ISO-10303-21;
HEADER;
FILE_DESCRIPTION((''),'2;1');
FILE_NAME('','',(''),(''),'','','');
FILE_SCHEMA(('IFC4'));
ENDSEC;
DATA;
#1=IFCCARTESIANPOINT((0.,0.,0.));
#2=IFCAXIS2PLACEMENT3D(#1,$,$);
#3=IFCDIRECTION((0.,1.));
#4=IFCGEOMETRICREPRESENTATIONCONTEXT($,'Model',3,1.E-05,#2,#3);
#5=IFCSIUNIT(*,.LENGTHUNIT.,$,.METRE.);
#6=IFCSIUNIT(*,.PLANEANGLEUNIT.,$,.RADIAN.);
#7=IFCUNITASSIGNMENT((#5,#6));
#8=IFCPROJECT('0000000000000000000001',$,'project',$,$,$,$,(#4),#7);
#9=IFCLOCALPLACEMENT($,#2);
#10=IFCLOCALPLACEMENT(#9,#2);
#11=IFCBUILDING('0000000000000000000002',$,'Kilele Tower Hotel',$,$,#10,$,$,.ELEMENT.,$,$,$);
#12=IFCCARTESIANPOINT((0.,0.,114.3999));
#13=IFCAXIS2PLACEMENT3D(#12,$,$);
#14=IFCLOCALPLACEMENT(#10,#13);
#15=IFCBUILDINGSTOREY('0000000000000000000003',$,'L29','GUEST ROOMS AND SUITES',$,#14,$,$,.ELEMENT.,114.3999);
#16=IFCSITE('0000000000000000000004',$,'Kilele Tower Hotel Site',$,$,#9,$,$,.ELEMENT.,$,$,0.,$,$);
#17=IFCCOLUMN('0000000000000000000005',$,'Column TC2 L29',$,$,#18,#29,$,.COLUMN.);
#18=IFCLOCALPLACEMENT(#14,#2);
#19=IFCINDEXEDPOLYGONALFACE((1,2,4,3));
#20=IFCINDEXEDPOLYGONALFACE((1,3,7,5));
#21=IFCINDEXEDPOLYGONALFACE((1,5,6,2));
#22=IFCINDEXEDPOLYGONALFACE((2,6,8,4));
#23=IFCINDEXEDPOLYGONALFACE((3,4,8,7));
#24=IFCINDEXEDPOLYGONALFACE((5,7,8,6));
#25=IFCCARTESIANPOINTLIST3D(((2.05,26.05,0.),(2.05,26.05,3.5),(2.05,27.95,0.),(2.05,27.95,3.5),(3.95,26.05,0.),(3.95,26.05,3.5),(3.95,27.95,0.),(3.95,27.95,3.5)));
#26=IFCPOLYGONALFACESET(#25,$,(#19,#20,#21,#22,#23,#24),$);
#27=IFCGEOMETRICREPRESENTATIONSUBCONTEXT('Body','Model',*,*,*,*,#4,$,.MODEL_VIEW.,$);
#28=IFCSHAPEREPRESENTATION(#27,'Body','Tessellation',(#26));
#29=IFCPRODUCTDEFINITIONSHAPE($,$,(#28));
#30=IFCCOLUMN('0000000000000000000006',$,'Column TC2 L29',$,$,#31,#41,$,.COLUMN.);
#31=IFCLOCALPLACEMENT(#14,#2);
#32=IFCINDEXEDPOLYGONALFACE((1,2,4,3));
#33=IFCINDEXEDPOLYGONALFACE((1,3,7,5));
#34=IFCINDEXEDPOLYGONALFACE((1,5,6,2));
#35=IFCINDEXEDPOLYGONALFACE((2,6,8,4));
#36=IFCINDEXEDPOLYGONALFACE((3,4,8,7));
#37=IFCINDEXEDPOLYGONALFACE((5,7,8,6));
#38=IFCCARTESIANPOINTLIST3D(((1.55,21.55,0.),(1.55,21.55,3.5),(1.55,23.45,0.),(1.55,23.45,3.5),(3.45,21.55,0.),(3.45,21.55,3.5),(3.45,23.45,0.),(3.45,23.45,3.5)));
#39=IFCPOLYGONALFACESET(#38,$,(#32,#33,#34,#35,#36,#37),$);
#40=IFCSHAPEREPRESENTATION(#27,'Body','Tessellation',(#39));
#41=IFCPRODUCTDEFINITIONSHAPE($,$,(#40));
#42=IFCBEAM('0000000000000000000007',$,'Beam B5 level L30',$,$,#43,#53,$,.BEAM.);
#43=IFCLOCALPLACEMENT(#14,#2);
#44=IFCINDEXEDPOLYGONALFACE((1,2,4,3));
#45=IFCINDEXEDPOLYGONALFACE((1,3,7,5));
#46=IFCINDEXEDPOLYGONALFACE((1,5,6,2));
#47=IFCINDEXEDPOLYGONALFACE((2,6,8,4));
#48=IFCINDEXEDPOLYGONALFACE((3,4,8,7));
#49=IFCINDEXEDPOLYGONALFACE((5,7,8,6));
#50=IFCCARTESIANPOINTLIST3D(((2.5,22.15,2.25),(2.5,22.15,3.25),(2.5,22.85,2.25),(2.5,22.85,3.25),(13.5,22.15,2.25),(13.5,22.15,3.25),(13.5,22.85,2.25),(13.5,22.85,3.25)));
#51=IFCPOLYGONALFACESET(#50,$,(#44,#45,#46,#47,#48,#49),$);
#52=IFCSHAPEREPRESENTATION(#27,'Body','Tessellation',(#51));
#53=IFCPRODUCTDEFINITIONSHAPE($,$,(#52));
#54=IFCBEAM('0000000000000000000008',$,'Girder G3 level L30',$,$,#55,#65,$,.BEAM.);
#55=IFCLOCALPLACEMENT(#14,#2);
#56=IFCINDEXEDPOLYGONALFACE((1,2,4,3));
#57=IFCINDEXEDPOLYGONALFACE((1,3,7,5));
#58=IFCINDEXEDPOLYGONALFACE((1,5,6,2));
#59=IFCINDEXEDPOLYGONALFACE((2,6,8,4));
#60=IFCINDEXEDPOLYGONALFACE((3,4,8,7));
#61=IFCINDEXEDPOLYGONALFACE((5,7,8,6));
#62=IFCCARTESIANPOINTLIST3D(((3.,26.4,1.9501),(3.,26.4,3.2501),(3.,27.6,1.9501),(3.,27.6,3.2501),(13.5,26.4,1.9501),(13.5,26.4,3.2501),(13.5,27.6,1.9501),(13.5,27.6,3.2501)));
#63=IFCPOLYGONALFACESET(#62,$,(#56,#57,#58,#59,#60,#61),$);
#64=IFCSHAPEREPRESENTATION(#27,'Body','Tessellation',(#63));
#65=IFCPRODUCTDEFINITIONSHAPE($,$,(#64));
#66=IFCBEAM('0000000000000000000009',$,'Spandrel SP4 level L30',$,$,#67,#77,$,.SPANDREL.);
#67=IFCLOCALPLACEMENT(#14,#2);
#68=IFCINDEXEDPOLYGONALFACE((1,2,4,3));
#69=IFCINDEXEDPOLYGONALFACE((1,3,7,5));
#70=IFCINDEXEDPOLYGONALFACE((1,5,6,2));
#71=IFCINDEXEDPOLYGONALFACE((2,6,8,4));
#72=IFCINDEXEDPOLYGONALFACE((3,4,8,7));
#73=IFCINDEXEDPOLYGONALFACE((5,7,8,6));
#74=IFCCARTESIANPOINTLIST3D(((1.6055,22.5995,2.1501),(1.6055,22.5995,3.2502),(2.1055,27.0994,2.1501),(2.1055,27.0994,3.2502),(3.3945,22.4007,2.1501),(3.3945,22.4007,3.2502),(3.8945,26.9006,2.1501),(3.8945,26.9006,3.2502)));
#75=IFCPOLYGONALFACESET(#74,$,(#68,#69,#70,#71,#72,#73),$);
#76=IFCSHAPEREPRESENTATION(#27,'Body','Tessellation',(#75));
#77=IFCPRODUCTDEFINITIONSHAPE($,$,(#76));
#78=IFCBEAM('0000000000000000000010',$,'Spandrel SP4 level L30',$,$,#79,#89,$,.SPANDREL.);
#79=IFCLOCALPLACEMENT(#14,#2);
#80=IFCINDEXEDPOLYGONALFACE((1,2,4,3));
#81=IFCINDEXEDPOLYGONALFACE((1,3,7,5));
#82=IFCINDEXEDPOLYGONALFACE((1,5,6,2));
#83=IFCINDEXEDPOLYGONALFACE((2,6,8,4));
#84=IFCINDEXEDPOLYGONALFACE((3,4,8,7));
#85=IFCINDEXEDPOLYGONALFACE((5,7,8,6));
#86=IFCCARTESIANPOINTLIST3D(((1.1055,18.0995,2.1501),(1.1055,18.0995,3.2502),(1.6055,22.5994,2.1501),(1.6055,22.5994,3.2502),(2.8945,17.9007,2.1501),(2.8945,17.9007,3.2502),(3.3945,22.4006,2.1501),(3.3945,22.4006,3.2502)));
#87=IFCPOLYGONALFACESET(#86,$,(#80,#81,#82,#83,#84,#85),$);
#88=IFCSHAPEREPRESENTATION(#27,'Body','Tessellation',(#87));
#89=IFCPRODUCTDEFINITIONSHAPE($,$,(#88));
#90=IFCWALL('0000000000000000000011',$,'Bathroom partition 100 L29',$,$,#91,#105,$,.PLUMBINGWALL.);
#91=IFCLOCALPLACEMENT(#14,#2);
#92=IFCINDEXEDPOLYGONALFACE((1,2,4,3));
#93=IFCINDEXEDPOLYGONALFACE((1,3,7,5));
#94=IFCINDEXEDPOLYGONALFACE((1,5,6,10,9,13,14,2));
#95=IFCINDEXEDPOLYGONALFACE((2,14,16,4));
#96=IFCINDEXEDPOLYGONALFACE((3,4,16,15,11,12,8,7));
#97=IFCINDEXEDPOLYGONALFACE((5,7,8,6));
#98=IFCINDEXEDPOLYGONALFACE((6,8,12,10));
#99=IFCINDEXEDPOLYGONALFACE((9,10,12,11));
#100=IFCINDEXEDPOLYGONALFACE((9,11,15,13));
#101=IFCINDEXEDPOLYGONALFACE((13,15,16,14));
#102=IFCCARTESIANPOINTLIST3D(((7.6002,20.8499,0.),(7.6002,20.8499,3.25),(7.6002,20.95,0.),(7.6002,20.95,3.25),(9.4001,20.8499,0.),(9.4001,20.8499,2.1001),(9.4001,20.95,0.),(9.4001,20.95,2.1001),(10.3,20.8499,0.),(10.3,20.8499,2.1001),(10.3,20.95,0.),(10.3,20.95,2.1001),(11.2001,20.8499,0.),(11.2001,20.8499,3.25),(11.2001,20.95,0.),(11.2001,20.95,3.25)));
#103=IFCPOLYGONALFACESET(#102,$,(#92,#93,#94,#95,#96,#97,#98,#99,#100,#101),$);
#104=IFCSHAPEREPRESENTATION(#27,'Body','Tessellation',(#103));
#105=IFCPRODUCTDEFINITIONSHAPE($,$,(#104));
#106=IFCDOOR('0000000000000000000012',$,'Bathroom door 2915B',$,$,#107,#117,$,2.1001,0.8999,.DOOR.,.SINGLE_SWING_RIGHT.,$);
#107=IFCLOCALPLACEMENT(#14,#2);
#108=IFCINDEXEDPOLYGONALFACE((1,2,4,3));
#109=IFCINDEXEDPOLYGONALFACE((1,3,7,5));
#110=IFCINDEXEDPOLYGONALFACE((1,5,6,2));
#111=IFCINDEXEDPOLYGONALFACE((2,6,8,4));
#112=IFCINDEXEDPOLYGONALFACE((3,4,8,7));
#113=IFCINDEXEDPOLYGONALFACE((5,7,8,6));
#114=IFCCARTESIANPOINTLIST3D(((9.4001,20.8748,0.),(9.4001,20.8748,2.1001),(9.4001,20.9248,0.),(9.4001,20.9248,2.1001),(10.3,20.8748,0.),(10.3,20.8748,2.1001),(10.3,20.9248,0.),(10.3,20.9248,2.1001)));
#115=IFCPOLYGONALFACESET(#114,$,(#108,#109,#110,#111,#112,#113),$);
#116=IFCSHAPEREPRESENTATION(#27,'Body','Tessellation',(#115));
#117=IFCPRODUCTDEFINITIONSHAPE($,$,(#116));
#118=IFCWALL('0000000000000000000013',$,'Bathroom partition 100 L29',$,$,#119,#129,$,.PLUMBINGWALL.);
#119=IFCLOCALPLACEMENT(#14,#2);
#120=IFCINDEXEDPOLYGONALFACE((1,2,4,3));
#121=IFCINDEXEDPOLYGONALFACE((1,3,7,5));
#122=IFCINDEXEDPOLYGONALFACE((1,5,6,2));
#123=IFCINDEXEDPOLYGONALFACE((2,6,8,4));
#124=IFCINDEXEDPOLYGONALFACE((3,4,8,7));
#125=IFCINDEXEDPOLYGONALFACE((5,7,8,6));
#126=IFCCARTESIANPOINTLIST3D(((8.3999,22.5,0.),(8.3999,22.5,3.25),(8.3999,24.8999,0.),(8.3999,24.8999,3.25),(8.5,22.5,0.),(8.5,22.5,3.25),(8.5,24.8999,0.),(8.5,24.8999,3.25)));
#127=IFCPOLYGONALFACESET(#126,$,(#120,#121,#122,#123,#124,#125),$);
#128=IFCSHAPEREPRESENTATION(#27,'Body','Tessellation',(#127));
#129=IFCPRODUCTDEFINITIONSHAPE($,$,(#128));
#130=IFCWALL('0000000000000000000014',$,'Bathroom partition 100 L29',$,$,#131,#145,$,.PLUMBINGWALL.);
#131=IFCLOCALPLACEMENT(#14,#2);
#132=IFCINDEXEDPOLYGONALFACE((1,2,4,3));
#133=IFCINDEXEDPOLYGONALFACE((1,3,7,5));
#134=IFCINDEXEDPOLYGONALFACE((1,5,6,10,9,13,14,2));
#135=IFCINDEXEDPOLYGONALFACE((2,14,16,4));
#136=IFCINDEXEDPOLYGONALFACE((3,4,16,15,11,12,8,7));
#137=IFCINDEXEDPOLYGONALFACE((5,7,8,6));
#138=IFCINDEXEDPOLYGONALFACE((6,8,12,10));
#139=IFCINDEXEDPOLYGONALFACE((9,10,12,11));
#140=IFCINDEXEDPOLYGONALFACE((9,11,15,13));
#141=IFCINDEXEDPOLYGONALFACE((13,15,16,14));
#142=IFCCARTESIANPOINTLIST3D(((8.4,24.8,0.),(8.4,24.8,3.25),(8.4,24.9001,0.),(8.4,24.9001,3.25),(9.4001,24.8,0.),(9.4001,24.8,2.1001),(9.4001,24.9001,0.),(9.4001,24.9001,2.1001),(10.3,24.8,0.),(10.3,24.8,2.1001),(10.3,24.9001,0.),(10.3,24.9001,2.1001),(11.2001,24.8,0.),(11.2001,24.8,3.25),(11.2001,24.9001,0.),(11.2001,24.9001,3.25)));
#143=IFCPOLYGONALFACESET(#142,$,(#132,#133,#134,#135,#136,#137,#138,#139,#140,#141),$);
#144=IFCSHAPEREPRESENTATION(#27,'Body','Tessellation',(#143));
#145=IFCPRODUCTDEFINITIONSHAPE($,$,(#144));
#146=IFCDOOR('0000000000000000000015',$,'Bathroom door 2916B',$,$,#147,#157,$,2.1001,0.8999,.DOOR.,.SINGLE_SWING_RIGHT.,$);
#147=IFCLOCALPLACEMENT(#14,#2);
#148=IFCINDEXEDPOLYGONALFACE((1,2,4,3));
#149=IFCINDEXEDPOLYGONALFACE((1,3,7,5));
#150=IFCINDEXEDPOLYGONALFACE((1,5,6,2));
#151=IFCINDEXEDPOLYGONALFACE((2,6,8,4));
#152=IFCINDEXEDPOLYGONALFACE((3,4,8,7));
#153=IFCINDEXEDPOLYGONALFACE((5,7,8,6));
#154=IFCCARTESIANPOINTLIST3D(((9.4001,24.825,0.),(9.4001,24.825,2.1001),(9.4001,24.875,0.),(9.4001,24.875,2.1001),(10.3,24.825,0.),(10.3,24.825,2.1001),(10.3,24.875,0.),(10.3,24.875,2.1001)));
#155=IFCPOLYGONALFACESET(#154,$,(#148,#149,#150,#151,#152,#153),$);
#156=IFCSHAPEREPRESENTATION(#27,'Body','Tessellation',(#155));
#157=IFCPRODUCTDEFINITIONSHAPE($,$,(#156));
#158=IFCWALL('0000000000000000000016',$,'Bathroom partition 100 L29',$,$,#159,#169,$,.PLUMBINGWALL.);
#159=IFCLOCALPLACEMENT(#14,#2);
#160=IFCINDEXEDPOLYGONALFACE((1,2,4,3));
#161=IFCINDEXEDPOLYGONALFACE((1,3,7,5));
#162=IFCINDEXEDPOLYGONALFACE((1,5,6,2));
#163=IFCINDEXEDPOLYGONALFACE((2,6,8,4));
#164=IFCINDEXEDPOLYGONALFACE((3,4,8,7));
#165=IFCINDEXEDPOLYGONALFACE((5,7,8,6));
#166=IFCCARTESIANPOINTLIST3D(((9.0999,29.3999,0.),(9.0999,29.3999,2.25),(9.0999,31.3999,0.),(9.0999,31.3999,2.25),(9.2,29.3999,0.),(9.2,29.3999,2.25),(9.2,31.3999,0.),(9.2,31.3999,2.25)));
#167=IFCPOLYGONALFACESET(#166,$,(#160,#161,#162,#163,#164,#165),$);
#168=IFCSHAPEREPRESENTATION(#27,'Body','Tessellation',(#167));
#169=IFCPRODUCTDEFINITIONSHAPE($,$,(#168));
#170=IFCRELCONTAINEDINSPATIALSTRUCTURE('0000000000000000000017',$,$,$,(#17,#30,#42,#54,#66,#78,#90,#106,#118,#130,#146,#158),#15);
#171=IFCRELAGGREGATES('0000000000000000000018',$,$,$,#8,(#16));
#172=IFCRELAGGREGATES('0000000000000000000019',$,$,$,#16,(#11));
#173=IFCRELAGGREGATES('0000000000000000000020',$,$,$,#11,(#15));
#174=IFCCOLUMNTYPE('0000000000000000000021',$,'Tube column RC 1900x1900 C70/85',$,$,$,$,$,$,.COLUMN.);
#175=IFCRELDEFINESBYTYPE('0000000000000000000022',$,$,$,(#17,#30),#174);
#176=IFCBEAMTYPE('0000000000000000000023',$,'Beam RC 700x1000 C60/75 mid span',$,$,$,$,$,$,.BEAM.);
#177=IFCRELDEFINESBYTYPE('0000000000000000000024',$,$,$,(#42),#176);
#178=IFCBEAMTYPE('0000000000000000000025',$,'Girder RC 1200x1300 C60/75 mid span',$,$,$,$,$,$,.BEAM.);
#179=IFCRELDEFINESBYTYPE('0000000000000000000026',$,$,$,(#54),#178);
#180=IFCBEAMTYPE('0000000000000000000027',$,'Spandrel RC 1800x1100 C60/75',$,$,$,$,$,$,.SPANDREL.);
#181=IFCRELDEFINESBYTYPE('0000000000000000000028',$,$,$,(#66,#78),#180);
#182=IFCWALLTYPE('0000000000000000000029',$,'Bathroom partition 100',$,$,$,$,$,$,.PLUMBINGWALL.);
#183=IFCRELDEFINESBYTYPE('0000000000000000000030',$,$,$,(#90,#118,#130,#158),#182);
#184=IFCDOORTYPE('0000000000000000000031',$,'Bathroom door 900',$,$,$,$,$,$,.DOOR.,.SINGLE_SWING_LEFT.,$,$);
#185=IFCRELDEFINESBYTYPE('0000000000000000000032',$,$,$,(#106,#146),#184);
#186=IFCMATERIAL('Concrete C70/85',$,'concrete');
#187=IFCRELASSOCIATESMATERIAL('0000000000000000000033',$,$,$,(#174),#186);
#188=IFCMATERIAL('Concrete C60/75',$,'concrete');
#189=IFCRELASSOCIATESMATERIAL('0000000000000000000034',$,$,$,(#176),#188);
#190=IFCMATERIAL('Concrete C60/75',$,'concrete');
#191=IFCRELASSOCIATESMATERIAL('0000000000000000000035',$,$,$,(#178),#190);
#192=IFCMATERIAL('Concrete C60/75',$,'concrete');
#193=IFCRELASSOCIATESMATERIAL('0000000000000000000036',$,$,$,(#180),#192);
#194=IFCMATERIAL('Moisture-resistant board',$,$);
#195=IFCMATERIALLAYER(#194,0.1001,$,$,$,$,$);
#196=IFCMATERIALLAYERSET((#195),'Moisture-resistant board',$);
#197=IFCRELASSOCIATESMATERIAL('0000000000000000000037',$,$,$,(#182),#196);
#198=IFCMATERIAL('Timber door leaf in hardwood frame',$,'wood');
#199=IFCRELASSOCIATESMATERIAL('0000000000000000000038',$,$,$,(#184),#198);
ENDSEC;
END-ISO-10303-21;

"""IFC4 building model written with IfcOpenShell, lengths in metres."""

from ifc_helpers import new_model, si_unit, direction, frame, frame_2d, origin, origin_2d, place, context, subcontext, project, spatial, rectangle, extrude, material, layer, layer_set, material_profile, profile_set, type_object, element, fill, save


model = new_model("IFC4")

# Units and contexts
model_context = context("Model", 3, precision=1e-05, world=origin(), true_north=direction((0.0, 1.0)))
body_context = subcontext(model_context, "Body", "Model", "MODEL_VIEW")
ifc_project = project(units=[si_unit("LENGTHUNIT", "METRE"), si_unit("PLANEANGLEUNIT", "RADIAN")], contexts=[model_context])

# Site, building, storey
site_placement = place(None, origin())
site = spatial("IfcSite", under=ifc_project, at=site_placement, Name="Kilele Tower Hotel Site", CompositionType="ELEMENT", RefElevation=0.0)
building_placement = place(site_placement, origin())
building = spatial("IfcBuilding", under=site, at=building_placement, Name="Kilele Tower Hotel", CompositionType="ELEMENT")
storey_placement = place(building_placement, frame((0.0, 0.0, 114.3999)))
storey = spatial("IfcBuildingStorey", under=building, at=storey_placement, Name="L29", Description="GUEST ROOMS AND SUITES", CompositionType="ELEMENT", Elevation=114.3999)

# Columns
ifc_material_1 = material(Name="Concrete C70/85", Category="concrete")
ifc_material_profile_1 = material_profile(ifc_material_1, rectangle(XDim=1.8999, YDim=1.8999, at=origin_2d()))
ifc_profile_set_1 = profile_set([ifc_material_profile_1], Name="Concrete C70/85")
column_type = type_object("IfcColumnType", Name="Tube column RC 1900x1900 C70/85", PredefinedType="COLUMN", material=ifc_profile_set_1)
for number, where, z_axis, x_axis, name in (
    (1, (3.0, 27.0, 0.0), (0.0, 0.0, 1.0), (1.0, 0.0, 0.0), "Column TC2 L29"),
    (2, (2.5, 22.5, 0.0), (0.0, 0.0, 1.0), (1.0, 0.0, 0.0), "Column TC2 L29"),
):
    element("IfcColumn", number, at=place(storey_placement, frame(where, z_axis=z_axis, x_axis=x_axis)), inside=storey, type_object=column_type, Name=name, PredefinedType="COLUMN", context=body_context, shape_type="SweptSolid", body=[
        extrude(rectangle(XDim=1.8999, YDim=1.8999, at=origin_2d()), origin(), (0.0, 0.0, 1.0), 3.5),
    ])

# Beams
ifc_material_2 = material(Name="Concrete C60/75", Category="concrete")
ifc_material_profile_2 = material_profile(ifc_material_2, rectangle(XDim=0.7, YDim=1.0, at=origin_2d()))
ifc_profile_set_2 = profile_set([ifc_material_profile_2], Name="Concrete C60/75")
beam_type_1 = type_object("IfcBeamType", Name="Beam RC 700x1000 C60/75 mid span", PredefinedType="BEAM", material=ifc_profile_set_2)
beam_1_placement = place(storey_placement, frame((2.5, 22.5, 2.75), z_axis=(1.0, 0.0, 0.0), x_axis=(0.0, 1.0, 0.0)))
element("IfcBeam", 3, at=beam_1_placement, inside=storey, type_object=beam_type_1, Name="Beam B5 level L30", PredefinedType="BEAM", context=body_context, shape_type="SweptSolid", body=[
    extrude(rectangle(XDim=0.7, YDim=1.0, at=origin_2d()), origin(), (0.0, 0.0, 1.0), 11.0),
])
ifc_material_3 = material(Name="Concrete C60/75", Category="concrete")
ifc_material_profile_3 = material_profile(ifc_material_3, rectangle(XDim=1.2, YDim=1.3, at=origin_2d()))
ifc_profile_set_3 = profile_set([ifc_material_profile_3], Name="Concrete C60/75")
beam_type_2 = type_object("IfcBeamType", Name="Girder RC 1200x1300 C60/75 mid span", PredefinedType="BEAM", material=ifc_profile_set_3)
beam_2_placement = place(storey_placement, frame((3.0, 27.0, 2.6001), z_axis=(1.0, 0.0, 0.0), x_axis=(0.0, 1.0, 0.0)))
element("IfcBeam", 4, at=beam_2_placement, inside=storey, type_object=beam_type_2, Name="Girder G3 level L30", PredefinedType="BEAM", context=body_context, shape_type="SweptSolid", body=[
    extrude(rectangle(XDim=1.2, YDim=1.3, at=origin_2d()), origin(), (0.0, 0.0, 1.0), 10.5),
])
ifc_material_4 = material(Name="Concrete C60/75", Category="concrete")
ifc_material_profile_4 = material_profile(ifc_material_4, rectangle(XDim=1.8, YDim=1.1001, at=origin_2d()))
ifc_profile_set_4 = profile_set([ifc_material_profile_4], Name="Concrete C60/75")
beam_type_3 = type_object("IfcBeamType", Name="Spandrel RC 1800x1100 C60/75", PredefinedType="SPANDREL", material=ifc_profile_set_4)
for number, where, z_axis, x_axis, name in (
    (5, (3.0, 27.0, 2.7002), (-0.110432, -0.993884, 0.0), (0.993884, -0.110432, 0.0), "Spandrel SP4 level L30"),
    (6, (2.5, 22.5, 2.7002), (-0.110432, -0.993884, 0.0), (0.993884, -0.110432, 0.0), "Spandrel SP4 level L30"),
):
    element("IfcBeam", number, at=place(storey_placement, frame(where, z_axis=z_axis, x_axis=x_axis)), inside=storey, type_object=beam_type_3, Name=name, PredefinedType="SPANDREL", context=body_context, shape_type="SweptSolid", body=[
        extrude(rectangle(XDim=1.8, YDim=1.1001, at=origin_2d()), origin(), (0.0, 0.0, 1.0), 4.5276),
    ])

# Wall, opening, door
ifc_material_5 = material(Name="Moisture-resistant board")
ifc_layer_1 = layer(ifc_material_5, 0.1001)
ifc_layer_set_1 = layer_set([ifc_layer_1], Name="Moisture-resistant board")
wall_type_1 = type_object("IfcWallType", Name="Bathroom partition 100", PredefinedType="PLUMBINGWALL", material=ifc_layer_set_1)
wall_1_placement = place(storey_placement, frame((11.2, 20.8999, 0.0), z_axis=(0.0, 0.0, 1.0), x_axis=(-1.0, 0.0, 0.0)))
wall_1 = element("IfcWall", 7, at=wall_1_placement, inside=storey, type_object=wall_type_1, Name="Bathroom partition 100 L29", PredefinedType="PLUMBINGWALL", context=body_context, shape_type="SweptSolid", body=[
    extrude(rectangle(XDim=3.5999, YDim=0.1001, at=frame_2d((1.7998, 0.0))), origin(), (0.0, 0.0, 1.0), 3.25),
])
opening_1_placement = place(wall_1_placement, frame((1.7998, 0.0, 0.0), z_axis=(0.0, 0.0, 1.0), x_axis=(-1.0, 0.0, 0.0)))
opening_1 = element("IfcOpeningElement", 8, at=opening_1_placement, cuts=wall_1, PredefinedType="OPENING", context=body_context, shape_type="SweptSolid", body=[
    extrude(rectangle(XDim=0.8999, YDim=2.1001, at=frame_2d((0.45, 1.05))), frame((0.0, 0.0601, 0.0), z_axis=(0.0, -1.0, 0.0), x_axis=(1.0, 0.0, 0.0)), (0.0, 0.0, 1.0), 0.1201),
])
ifc_material_6 = material(Name="Timber door leaf in hardwood frame", Category="wood")
door_type_1 = type_object("IfcDoorType", Name="Bathroom door 900", OperationType="SINGLE_SWING_LEFT", PredefinedType="DOOR", material=ifc_material_6)
door_1_placement = place(opening_1_placement, origin())
door_1 = element("IfcDoor", 9, at=door_1_placement, inside=storey, type_object=door_type_1, Name="Bathroom door 2915B", OperationType="SINGLE_SWING_RIGHT", OverallHeight=2.1001, OverallWidth=0.8999, PredefinedType="DOOR", context=body_context, shape_type="SweptSolid", body=[
    extrude(rectangle(XDim=0.8999, YDim=2.1001, at=frame_2d((0.45, 1.05))), frame((0.0, 0.0249, 0.0), z_axis=(0.0, -1.0, 0.0), x_axis=(1.0, 0.0, 0.0)), (0.0, 0.0, 1.0), 0.05),
])
fill(opening_1, door_1)

# Wall
wall_2_placement = place(storey_placement, frame((8.45, 22.5, 0.0), z_axis=(0.0, 0.0, 1.0), x_axis=(0.0, 1.0, 0.0)))
element("IfcWall", 10, at=wall_2_placement, inside=storey, type_object=wall_type_1, Name="Bathroom partition 100 L29", PredefinedType="PLUMBINGWALL", context=body_context, shape_type="SweptSolid", body=[
    extrude(rectangle(XDim=2.3999, YDim=0.1001, at=frame_2d((1.2, 0.0))), origin(), (0.0, 0.0, 1.0), 3.25),
])

# Wall, opening, door
wall_3_placement = place(storey_placement, frame((11.2, 24.8501, 0.0), z_axis=(0.0, 0.0, 1.0), x_axis=(-1.0, 0.0, 0.0)))
wall_3 = element("IfcWall", 11, at=wall_3_placement, inside=storey, type_object=wall_type_1, Name="Bathroom partition 100 L29", PredefinedType="PLUMBINGWALL", context=body_context, shape_type="SweptSolid", body=[
    extrude(rectangle(XDim=2.8, YDim=0.1001, at=frame_2d((1.3999, 0.0))), origin(), (0.0, 0.0, 1.0), 3.25),
])
opening_2_placement = place(wall_3_placement, frame((1.7998, 0.0, 0.0), z_axis=(0.0, 0.0, 1.0), x_axis=(-1.0, 0.0, 0.0)))
opening_2 = element("IfcOpeningElement", 12, at=opening_2_placement, cuts=wall_3, PredefinedType="OPENING", context=body_context, shape_type="SweptSolid", body=[
    extrude(rectangle(XDim=0.8999, YDim=2.1001, at=frame_2d((0.45, 1.05))), frame((0.0, 0.0601, 0.0), z_axis=(0.0, -1.0, 0.0), x_axis=(1.0, 0.0, 0.0)), (0.0, 0.0, 1.0), 0.1201),
])
door_2_placement = place(opening_2_placement, origin())
door_2 = element("IfcDoor", 13, at=door_2_placement, inside=storey, type_object=door_type_1, Name="Bathroom door 2916B", OperationType="SINGLE_SWING_RIGHT", OverallHeight=2.1001, OverallWidth=0.8999, PredefinedType="DOOR", context=body_context, shape_type="SweptSolid", body=[
    extrude(rectangle(XDim=0.8999, YDim=2.1001, at=frame_2d((0.45, 1.05))), frame((0.0, 0.0249, 0.0), z_axis=(0.0, -1.0, 0.0), x_axis=(1.0, 0.0, 0.0)), (0.0, 0.0, 1.0), 0.05),
])
fill(opening_2, door_2)

# Wall
wall_4_placement = place(storey_placement, frame((9.1499, 31.3999, 0.0), z_axis=(0.0, 0.0, 1.0), x_axis=(0.0, -1.0, 0.0)))
element("IfcWall", 14, at=wall_4_placement, inside=storey, type_object=wall_type_1, Name="Bathroom partition 100 L29", PredefinedType="PLUMBINGWALL", context=body_context, shape_type="SweptSolid", body=[
    extrude(rectangle(XDim=2.0, YDim=0.1001, at=frame_2d((1.0, 0.0))), origin(), (0.0, 0.0, 1.0), 2.25),
])

save(model, "model.ifc")
